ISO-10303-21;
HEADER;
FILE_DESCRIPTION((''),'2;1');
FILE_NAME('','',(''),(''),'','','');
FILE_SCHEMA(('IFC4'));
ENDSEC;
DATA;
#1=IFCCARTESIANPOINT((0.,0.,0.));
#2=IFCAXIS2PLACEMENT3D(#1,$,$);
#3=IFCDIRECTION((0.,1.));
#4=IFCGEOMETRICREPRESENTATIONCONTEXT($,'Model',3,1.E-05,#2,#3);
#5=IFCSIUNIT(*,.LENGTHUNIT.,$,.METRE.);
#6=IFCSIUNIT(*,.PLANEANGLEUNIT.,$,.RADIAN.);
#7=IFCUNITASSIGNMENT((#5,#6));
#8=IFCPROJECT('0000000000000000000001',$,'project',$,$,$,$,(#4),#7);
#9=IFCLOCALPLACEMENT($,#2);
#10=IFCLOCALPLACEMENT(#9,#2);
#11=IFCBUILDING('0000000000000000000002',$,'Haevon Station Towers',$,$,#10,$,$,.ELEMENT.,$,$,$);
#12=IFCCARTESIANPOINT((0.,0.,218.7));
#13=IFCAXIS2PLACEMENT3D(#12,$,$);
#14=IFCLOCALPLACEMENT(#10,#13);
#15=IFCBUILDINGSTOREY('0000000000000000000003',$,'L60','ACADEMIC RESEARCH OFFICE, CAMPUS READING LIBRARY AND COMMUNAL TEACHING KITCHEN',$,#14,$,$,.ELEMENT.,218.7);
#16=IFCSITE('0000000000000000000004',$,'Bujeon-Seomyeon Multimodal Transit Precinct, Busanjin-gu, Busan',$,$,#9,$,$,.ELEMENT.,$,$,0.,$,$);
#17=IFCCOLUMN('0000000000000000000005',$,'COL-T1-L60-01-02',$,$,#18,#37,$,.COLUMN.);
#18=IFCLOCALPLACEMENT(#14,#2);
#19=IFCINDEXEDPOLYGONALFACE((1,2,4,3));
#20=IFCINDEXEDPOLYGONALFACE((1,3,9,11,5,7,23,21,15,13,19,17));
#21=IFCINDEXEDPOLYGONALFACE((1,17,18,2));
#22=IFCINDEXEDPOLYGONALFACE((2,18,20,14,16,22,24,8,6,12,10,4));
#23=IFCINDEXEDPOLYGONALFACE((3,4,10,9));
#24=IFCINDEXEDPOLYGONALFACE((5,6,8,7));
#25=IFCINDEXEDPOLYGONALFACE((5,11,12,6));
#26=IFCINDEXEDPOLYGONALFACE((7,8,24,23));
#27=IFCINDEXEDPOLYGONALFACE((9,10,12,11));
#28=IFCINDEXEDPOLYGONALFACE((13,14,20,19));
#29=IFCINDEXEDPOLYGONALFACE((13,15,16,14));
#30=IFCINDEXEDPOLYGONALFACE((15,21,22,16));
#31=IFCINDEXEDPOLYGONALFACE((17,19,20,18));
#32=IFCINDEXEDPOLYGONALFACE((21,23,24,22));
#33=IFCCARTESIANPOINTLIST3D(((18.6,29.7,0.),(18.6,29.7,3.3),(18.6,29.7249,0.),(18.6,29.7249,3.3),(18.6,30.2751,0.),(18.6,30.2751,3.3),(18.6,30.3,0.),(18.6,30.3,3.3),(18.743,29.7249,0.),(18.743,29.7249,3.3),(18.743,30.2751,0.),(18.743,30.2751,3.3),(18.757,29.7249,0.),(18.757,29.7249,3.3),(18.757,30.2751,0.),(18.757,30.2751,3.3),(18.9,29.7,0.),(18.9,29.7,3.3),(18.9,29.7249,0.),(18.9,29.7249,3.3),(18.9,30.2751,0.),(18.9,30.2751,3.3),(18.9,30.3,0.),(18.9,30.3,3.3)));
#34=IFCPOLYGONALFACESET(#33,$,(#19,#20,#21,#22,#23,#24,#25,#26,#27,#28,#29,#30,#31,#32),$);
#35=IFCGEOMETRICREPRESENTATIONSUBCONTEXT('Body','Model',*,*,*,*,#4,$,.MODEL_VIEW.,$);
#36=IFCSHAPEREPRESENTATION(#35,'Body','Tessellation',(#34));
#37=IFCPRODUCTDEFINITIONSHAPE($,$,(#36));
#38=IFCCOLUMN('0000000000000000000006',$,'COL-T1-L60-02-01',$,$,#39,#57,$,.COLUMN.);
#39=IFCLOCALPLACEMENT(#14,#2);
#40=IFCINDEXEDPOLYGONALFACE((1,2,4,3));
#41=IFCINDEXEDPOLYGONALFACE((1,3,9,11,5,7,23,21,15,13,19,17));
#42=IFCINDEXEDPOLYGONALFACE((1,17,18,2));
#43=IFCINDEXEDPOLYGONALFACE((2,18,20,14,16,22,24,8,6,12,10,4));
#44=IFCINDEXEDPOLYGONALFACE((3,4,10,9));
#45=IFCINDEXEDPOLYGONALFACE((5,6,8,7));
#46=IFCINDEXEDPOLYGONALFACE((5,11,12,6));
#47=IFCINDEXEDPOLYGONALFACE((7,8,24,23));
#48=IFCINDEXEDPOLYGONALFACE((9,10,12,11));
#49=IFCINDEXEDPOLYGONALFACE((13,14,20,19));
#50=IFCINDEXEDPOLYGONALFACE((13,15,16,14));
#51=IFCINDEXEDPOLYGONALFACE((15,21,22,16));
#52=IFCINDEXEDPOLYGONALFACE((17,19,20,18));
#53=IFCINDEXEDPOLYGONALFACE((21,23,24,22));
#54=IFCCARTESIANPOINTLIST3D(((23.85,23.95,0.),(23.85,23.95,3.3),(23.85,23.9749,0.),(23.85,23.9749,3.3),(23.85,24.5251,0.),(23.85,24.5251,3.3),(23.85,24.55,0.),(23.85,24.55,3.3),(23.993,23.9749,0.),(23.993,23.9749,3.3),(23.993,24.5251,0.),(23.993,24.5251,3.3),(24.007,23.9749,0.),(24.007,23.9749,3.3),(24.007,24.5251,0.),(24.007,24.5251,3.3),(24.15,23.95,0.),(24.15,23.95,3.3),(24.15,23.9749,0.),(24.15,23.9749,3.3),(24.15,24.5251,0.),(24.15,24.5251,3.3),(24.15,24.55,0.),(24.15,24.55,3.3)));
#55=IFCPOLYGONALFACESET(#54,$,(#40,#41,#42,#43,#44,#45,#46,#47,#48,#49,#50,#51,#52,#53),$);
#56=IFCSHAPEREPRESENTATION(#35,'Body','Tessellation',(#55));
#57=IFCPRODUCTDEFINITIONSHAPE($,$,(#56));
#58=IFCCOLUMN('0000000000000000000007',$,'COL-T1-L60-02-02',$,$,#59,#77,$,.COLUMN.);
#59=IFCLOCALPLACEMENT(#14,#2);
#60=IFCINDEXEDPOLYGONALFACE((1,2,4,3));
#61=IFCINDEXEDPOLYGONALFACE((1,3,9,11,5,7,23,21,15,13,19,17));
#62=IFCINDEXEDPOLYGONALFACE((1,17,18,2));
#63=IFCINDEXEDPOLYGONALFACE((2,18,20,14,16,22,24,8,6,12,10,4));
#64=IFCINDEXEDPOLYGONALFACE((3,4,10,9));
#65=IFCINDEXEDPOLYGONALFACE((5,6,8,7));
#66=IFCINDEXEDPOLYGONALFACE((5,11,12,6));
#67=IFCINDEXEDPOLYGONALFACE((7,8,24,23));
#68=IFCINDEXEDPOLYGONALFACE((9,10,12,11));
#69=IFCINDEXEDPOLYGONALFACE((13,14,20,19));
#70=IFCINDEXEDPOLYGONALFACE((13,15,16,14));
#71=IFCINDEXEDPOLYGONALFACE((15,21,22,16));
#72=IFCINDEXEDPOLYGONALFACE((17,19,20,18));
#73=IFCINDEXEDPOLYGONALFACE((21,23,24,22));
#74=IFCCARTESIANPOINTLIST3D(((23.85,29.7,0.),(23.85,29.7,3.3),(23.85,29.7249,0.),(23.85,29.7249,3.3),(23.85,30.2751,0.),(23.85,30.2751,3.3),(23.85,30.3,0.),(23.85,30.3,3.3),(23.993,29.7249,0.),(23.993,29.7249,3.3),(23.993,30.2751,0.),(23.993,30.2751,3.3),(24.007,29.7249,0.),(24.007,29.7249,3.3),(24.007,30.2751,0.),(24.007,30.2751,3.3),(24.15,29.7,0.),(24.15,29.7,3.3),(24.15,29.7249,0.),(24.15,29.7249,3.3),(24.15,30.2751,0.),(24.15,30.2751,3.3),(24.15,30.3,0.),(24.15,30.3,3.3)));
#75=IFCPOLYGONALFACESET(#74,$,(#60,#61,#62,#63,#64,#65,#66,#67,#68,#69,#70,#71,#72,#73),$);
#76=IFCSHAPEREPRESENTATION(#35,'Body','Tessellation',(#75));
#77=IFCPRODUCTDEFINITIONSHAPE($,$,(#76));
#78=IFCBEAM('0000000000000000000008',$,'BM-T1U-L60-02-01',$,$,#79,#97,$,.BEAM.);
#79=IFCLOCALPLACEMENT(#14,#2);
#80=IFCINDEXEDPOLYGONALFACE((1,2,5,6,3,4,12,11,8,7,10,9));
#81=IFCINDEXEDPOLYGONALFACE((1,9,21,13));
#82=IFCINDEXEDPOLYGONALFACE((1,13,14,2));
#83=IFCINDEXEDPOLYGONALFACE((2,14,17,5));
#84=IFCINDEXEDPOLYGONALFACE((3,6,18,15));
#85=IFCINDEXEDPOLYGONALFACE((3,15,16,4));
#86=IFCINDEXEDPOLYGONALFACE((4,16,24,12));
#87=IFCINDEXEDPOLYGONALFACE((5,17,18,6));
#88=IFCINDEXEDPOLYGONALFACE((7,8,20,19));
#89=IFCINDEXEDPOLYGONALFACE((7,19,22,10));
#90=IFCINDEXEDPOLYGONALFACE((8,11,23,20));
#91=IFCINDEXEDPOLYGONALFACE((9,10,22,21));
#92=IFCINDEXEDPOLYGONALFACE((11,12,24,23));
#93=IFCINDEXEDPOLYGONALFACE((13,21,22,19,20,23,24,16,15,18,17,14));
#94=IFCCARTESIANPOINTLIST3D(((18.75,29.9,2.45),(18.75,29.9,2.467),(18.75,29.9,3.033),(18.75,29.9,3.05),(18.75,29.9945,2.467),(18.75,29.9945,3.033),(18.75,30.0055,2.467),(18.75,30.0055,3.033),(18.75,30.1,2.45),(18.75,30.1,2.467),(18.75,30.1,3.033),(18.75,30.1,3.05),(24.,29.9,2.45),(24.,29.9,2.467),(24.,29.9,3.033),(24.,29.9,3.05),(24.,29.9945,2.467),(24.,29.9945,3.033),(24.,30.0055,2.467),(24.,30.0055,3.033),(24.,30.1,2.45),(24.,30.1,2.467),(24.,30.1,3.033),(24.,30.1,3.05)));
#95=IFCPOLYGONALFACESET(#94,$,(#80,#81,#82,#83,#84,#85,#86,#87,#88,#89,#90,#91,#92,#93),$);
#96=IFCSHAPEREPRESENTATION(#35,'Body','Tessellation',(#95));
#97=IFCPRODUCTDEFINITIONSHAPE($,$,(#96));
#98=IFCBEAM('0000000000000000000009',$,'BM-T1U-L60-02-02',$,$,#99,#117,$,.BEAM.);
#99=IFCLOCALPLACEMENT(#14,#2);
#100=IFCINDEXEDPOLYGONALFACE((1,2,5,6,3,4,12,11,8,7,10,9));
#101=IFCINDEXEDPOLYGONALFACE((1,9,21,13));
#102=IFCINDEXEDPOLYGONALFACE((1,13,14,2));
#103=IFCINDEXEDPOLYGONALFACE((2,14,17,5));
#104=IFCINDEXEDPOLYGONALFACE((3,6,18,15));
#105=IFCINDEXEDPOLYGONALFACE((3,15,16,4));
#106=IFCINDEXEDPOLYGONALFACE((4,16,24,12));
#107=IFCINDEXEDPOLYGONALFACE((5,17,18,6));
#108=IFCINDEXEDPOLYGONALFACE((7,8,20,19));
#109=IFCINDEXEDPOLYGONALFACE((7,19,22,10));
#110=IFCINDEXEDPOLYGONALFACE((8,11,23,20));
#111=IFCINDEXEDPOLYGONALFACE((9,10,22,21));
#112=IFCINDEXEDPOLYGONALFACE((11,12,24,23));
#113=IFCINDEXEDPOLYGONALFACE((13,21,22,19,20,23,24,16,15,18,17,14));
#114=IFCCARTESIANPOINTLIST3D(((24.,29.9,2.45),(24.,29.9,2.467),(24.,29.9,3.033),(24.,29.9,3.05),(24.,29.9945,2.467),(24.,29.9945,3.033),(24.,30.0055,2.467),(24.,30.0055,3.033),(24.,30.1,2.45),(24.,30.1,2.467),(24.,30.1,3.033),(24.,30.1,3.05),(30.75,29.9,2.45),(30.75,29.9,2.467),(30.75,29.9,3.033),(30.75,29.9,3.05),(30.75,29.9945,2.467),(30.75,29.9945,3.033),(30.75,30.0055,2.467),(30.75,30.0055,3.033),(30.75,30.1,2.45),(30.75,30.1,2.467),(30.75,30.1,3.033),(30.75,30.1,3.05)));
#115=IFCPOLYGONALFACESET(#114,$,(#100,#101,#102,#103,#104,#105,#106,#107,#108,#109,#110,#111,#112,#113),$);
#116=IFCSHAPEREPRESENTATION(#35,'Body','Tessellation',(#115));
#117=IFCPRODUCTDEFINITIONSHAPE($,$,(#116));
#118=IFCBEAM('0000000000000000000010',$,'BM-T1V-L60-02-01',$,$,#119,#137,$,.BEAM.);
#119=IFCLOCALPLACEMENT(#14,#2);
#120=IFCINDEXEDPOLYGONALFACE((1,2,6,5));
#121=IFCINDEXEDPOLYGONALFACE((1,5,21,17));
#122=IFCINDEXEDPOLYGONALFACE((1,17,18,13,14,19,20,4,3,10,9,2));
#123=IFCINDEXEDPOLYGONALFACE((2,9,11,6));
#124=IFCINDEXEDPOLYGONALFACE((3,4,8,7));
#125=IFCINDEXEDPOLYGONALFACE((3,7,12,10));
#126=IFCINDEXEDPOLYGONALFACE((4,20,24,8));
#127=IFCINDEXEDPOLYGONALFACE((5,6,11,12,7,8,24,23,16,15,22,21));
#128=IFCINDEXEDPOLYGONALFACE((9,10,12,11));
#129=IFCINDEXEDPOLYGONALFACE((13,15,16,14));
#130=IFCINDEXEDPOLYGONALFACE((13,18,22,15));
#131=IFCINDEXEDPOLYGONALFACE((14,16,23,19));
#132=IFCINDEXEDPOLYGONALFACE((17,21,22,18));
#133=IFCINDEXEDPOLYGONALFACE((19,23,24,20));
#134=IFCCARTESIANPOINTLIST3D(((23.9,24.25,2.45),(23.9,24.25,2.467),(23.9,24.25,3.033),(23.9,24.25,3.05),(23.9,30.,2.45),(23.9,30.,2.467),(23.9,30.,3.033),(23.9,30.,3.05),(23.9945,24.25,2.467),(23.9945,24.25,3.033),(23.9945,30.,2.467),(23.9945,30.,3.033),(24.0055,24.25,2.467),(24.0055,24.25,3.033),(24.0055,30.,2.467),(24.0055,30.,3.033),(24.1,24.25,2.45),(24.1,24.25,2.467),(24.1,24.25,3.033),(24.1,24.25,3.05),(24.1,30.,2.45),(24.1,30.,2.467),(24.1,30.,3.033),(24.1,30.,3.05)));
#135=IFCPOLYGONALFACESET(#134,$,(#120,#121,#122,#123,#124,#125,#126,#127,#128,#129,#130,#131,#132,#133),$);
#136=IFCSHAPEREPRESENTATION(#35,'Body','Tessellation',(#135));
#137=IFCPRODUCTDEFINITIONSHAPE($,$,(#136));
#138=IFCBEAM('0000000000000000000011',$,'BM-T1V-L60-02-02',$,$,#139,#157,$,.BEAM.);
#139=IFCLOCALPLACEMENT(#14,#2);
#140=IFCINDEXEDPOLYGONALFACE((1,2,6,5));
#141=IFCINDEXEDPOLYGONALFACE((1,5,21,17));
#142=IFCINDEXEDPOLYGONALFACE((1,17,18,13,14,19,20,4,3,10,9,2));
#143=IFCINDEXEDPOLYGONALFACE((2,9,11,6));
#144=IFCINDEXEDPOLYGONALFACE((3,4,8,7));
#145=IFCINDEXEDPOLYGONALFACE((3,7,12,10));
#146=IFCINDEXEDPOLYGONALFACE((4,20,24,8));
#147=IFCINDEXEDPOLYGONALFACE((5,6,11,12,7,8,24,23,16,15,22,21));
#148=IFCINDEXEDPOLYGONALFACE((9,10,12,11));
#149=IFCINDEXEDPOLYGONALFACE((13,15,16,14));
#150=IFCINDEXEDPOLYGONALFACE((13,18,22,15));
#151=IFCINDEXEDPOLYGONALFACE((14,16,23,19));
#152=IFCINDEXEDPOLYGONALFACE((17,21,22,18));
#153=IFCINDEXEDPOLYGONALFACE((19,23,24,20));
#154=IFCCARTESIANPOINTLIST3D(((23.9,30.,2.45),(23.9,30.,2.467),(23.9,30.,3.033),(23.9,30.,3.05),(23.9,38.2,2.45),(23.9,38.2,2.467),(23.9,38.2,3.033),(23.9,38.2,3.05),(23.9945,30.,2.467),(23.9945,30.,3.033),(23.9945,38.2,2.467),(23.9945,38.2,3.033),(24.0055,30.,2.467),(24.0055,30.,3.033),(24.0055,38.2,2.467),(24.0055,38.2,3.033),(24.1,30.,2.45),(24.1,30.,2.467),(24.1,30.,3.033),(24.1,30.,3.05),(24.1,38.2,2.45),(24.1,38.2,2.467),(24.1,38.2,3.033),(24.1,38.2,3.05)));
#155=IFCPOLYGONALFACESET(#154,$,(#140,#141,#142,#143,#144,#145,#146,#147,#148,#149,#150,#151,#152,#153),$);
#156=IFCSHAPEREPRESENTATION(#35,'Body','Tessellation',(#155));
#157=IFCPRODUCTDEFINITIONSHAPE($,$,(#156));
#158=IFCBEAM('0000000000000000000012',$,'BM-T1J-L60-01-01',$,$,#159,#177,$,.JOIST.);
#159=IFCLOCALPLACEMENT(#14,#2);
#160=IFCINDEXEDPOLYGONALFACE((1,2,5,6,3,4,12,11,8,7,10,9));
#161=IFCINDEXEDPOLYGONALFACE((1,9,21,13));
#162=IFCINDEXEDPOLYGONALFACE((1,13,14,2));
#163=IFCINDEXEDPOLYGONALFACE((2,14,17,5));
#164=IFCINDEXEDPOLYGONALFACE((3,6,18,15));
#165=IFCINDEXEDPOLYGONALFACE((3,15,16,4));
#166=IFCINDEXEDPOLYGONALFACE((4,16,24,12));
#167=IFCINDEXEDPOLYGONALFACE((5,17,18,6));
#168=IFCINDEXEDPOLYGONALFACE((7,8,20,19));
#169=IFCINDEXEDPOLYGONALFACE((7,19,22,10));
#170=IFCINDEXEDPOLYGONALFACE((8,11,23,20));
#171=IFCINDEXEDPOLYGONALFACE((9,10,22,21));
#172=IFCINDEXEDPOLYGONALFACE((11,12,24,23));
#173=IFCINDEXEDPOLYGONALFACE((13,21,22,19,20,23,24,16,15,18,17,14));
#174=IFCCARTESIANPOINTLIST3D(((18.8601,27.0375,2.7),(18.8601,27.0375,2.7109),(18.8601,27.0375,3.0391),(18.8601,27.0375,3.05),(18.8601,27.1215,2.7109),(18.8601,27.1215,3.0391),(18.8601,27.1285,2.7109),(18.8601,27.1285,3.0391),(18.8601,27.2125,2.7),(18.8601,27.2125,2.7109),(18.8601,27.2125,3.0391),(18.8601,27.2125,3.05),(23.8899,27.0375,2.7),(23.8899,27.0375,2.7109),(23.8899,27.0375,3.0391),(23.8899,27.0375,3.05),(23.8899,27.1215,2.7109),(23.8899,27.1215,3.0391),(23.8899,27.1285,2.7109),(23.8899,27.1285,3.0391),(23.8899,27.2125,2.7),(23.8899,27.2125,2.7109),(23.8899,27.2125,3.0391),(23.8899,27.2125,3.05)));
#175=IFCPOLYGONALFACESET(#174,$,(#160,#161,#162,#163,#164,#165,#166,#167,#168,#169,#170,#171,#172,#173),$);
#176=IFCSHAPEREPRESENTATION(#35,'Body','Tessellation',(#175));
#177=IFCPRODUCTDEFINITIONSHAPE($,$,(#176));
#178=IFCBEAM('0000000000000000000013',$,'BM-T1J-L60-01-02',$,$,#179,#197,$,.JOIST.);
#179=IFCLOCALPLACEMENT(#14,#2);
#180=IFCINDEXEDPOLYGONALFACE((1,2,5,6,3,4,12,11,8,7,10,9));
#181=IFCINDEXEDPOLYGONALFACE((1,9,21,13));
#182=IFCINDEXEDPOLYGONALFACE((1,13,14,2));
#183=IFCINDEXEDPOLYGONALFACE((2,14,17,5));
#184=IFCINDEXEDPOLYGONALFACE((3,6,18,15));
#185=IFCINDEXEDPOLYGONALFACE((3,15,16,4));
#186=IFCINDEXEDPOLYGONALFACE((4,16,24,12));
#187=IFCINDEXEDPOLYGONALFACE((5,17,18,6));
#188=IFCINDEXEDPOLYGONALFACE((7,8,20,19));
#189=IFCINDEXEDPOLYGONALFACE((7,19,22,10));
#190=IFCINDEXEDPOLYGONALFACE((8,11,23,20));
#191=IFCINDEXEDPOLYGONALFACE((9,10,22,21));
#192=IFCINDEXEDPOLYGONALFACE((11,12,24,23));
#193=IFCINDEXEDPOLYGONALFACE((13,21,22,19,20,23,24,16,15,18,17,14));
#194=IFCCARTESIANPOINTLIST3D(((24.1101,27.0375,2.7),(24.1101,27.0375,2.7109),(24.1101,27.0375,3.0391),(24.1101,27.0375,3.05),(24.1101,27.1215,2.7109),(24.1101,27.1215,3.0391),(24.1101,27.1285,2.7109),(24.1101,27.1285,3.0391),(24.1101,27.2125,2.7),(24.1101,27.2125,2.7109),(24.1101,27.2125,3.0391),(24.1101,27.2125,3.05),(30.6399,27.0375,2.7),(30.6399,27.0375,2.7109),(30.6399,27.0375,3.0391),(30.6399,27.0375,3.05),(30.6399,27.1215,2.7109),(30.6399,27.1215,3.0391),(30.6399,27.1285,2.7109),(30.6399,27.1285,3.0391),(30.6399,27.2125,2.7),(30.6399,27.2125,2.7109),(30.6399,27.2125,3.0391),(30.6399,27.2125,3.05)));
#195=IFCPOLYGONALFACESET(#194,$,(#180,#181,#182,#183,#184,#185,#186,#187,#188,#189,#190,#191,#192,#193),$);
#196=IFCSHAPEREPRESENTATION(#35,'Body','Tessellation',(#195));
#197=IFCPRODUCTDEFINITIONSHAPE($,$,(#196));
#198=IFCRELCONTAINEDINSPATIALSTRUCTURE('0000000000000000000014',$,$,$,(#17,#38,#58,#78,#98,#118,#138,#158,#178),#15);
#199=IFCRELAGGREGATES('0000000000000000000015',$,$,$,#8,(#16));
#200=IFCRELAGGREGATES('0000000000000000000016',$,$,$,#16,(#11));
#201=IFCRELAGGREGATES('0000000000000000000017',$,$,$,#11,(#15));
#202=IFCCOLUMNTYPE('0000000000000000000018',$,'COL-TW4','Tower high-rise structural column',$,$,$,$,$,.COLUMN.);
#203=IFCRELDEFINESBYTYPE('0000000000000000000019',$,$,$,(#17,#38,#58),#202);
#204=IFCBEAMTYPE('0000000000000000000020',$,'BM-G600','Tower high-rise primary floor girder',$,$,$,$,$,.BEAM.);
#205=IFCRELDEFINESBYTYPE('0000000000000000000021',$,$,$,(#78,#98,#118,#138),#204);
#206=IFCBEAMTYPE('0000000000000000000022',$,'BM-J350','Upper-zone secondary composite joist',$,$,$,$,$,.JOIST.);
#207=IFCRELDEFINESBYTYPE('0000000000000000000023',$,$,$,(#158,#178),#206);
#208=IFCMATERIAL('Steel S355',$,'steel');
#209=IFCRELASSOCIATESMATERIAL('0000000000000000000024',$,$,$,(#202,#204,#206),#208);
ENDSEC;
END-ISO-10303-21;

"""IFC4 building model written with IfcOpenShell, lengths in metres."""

from ifc_helpers import new_model, si_unit, direction, frame, origin, origin_2d, place, context, subcontext, project, spatial, i_section, extrude, material, material_profile, profile_set, type_object, element, save


model = new_model("IFC4")

# Units and contexts
model_context = context("Model", 3, precision=1e-05, world=origin(), true_north=direction((0.0, 1.0)))
body_context = subcontext(model_context, "Body", "Model", "MODEL_VIEW")
ifc_project = project(units=[si_unit("LENGTHUNIT", "METRE"), si_unit("PLANEANGLEUNIT", "RADIAN")], contexts=[model_context])

# Site, building, storey
site_placement = place(None, origin())
site = spatial("IfcSite", under=ifc_project, at=site_placement, Name="Bujeon-Seomyeon Multimodal Transit Precinct, Busanjin-gu, Busan", CompositionType="ELEMENT", RefElevation=0.0)
building_placement = place(site_placement, origin())
building = spatial("IfcBuilding", under=site, at=building_placement, Name="Haevon Station Towers", CompositionType="ELEMENT")
storey_placement = place(building_placement, frame((0.0, 0.0, 218.7)))
storey = spatial("IfcBuildingStorey", under=building, at=storey_placement, Name="L60", Description="ACADEMIC RESEARCH OFFICE, CAMPUS READING LIBRARY AND COMMUNAL TEACHING KITCHEN", CompositionType="ELEMENT", Elevation=218.7)

# Columns
ifc_material_1 = material(Name="Steel S355", Category="steel")
ifc_material_profile_1 = material_profile(ifc_material_1, i_section(OverallWidth=0.3, OverallDepth=0.6001, WebThickness=0.0139, FlangeThickness=0.0249, at=origin_2d()), Name="H-600x300x14x25")
ifc_profile_set_1 = profile_set([ifc_material_profile_1], Name="Steel S355")
column_type = type_object("IfcColumnType", Name="COL-TW4", Description="Tower high-rise structural column", PredefinedType="COLUMN", material=ifc_profile_set_1)
for number, where, z_axis, x_axis, name in (
    (1, (18.75, 30.0, 0.0), (0.0, 0.0, 1.0), (1.0, 0.0, 0.0), "COL-T1-L60-01-02"),
    (2, (24.0, 24.25, 0.0), (0.0, 0.0, 1.0), (1.0, 0.0, 0.0), "COL-T1-L60-02-01"),
    (3, (24.0, 30.0, 0.0), (0.0, 0.0, 1.0), (1.0, 0.0, 0.0), "COL-T1-L60-02-02"),
):
    element("IfcColumn", number, at=place(storey_placement, frame(where, z_axis=z_axis, x_axis=x_axis)), inside=storey, type_object=column_type, Name=name, PredefinedType="COLUMN", context=body_context, shape_type="SweptSolid", body=[
        extrude(i_section(OverallWidth=0.3, OverallDepth=0.6001, WebThickness=0.0139, FlangeThickness=0.0249, at=origin_2d()), origin(), (0.0, 0.0, 1.0), 3.3),
    ])

# Beams
ifc_material_profile_2 = material_profile(ifc_material_1, i_section(OverallWidth=0.2, OverallDepth=0.6001, WebThickness=0.011, FlangeThickness=0.0171, at=origin_2d()), Name="H-600x200x11x17")
ifc_profile_set_2 = profile_set([ifc_material_profile_2], Name="Steel S355")
beam_type_1 = type_object("IfcBeamType", Name="BM-G600", Description="Tower high-rise primary floor girder", PredefinedType="BEAM", material=ifc_profile_set_2)
beam_1_placement = place(storey_placement, frame((18.75, 30.0, 2.75), z_axis=(1.0, 0.0, 0.0), x_axis=(0.0, 1.0, 0.0)))
element("IfcBeam", 4, at=beam_1_placement, inside=storey, type_object=beam_type_1, Name="BM-T1U-L60-02-01", PredefinedType="BEAM", context=body_context, shape_type="SweptSolid", body=[
    extrude(i_section(OverallWidth=0.2, OverallDepth=0.6001, WebThickness=0.011, FlangeThickness=0.0171, at=origin_2d()), origin(), (0.0, 0.0, 1.0), 5.25),
])
beam_2_placement = place(storey_placement, frame((24.0, 30.0, 2.75), z_axis=(1.0, 0.0, 0.0), x_axis=(0.0, 1.0, 0.0)))
element("IfcBeam", 5, at=beam_2_placement, inside=storey, type_object=beam_type_1, Name="BM-T1U-L60-02-02", PredefinedType="BEAM", context=body_context, shape_type="SweptSolid", body=[
    extrude(i_section(OverallWidth=0.2, OverallDepth=0.6001, WebThickness=0.011, FlangeThickness=0.0171, at=origin_2d()), origin(), (0.0, 0.0, 1.0), 6.75),
])
beam_3_placement = place(storey_placement, frame((24.0, 24.25, 2.75), z_axis=(0.0, 1.0, 0.0), x_axis=(-1.0, 0.0, 0.0)))
element("IfcBeam", 6, at=beam_3_placement, inside=storey, type_object=beam_type_1, Name="BM-T1V-L60-02-01", PredefinedType="BEAM", context=body_context, shape_type="SweptSolid", body=[
    extrude(i_section(OverallWidth=0.2, OverallDepth=0.6001, WebThickness=0.011, FlangeThickness=0.0171, at=origin_2d()), origin(), (0.0, 0.0, 1.0), 5.75),
])
beam_4_placement = place(storey_placement, frame((24.0, 30.0, 2.75), z_axis=(0.0, 1.0, 0.0), x_axis=(-1.0, 0.0, 0.0)))
element("IfcBeam", 7, at=beam_4_placement, inside=storey, type_object=beam_type_1, Name="BM-T1V-L60-02-02", PredefinedType="BEAM", context=body_context, shape_type="SweptSolid", body=[
    extrude(i_section(OverallWidth=0.2, OverallDepth=0.6001, WebThickness=0.011, FlangeThickness=0.0171, at=origin_2d()), origin(), (0.0, 0.0, 1.0), 8.2),
])
ifc_material_profile_3 = material_profile(ifc_material_1, i_section(OverallWidth=0.175, OverallDepth=0.3501, WebThickness=0.0071, FlangeThickness=0.011, at=origin_2d()), Name="H-350x175x7x11")
ifc_profile_set_3 = profile_set([ifc_material_profile_3], Name="Steel S355")
beam_type_2 = type_object("IfcBeamType", Name="BM-J350", Description="Upper-zone secondary composite joist", PredefinedType="JOIST", material=ifc_profile_set_3)
beam_5_placement = place(storey_placement, frame((18.8601, 27.125, 2.875), z_axis=(1.0, 0.0, 0.0), x_axis=(0.0, 1.0, 0.0)))
element("IfcBeam", 8, at=beam_5_placement, inside=storey, type_object=beam_type_2, Name="BM-T1J-L60-01-01", PredefinedType="JOIST", context=body_context, shape_type="SweptSolid", body=[
    extrude(i_section(OverallWidth=0.175, OverallDepth=0.3501, WebThickness=0.0071, FlangeThickness=0.011, at=origin_2d()), origin(), (0.0, 0.0, 1.0), 5.0298),
])
beam_6_placement = place(storey_placement, frame((24.1101, 27.125, 2.875), z_axis=(1.0, 0.0, 0.0), x_axis=(0.0, 1.0, 0.0)))
element("IfcBeam", 9, at=beam_6_placement, inside=storey, type_object=beam_type_2, Name="BM-T1J-L60-01-02", PredefinedType="JOIST", context=body_context, shape_type="SweptSolid", body=[
    extrude(i_section(OverallWidth=0.175, OverallDepth=0.3501, WebThickness=0.0071, FlangeThickness=0.011, at=origin_2d()), origin(), (0.0, 0.0, 1.0), 6.5298),
])

save(model, "model.ifc")
